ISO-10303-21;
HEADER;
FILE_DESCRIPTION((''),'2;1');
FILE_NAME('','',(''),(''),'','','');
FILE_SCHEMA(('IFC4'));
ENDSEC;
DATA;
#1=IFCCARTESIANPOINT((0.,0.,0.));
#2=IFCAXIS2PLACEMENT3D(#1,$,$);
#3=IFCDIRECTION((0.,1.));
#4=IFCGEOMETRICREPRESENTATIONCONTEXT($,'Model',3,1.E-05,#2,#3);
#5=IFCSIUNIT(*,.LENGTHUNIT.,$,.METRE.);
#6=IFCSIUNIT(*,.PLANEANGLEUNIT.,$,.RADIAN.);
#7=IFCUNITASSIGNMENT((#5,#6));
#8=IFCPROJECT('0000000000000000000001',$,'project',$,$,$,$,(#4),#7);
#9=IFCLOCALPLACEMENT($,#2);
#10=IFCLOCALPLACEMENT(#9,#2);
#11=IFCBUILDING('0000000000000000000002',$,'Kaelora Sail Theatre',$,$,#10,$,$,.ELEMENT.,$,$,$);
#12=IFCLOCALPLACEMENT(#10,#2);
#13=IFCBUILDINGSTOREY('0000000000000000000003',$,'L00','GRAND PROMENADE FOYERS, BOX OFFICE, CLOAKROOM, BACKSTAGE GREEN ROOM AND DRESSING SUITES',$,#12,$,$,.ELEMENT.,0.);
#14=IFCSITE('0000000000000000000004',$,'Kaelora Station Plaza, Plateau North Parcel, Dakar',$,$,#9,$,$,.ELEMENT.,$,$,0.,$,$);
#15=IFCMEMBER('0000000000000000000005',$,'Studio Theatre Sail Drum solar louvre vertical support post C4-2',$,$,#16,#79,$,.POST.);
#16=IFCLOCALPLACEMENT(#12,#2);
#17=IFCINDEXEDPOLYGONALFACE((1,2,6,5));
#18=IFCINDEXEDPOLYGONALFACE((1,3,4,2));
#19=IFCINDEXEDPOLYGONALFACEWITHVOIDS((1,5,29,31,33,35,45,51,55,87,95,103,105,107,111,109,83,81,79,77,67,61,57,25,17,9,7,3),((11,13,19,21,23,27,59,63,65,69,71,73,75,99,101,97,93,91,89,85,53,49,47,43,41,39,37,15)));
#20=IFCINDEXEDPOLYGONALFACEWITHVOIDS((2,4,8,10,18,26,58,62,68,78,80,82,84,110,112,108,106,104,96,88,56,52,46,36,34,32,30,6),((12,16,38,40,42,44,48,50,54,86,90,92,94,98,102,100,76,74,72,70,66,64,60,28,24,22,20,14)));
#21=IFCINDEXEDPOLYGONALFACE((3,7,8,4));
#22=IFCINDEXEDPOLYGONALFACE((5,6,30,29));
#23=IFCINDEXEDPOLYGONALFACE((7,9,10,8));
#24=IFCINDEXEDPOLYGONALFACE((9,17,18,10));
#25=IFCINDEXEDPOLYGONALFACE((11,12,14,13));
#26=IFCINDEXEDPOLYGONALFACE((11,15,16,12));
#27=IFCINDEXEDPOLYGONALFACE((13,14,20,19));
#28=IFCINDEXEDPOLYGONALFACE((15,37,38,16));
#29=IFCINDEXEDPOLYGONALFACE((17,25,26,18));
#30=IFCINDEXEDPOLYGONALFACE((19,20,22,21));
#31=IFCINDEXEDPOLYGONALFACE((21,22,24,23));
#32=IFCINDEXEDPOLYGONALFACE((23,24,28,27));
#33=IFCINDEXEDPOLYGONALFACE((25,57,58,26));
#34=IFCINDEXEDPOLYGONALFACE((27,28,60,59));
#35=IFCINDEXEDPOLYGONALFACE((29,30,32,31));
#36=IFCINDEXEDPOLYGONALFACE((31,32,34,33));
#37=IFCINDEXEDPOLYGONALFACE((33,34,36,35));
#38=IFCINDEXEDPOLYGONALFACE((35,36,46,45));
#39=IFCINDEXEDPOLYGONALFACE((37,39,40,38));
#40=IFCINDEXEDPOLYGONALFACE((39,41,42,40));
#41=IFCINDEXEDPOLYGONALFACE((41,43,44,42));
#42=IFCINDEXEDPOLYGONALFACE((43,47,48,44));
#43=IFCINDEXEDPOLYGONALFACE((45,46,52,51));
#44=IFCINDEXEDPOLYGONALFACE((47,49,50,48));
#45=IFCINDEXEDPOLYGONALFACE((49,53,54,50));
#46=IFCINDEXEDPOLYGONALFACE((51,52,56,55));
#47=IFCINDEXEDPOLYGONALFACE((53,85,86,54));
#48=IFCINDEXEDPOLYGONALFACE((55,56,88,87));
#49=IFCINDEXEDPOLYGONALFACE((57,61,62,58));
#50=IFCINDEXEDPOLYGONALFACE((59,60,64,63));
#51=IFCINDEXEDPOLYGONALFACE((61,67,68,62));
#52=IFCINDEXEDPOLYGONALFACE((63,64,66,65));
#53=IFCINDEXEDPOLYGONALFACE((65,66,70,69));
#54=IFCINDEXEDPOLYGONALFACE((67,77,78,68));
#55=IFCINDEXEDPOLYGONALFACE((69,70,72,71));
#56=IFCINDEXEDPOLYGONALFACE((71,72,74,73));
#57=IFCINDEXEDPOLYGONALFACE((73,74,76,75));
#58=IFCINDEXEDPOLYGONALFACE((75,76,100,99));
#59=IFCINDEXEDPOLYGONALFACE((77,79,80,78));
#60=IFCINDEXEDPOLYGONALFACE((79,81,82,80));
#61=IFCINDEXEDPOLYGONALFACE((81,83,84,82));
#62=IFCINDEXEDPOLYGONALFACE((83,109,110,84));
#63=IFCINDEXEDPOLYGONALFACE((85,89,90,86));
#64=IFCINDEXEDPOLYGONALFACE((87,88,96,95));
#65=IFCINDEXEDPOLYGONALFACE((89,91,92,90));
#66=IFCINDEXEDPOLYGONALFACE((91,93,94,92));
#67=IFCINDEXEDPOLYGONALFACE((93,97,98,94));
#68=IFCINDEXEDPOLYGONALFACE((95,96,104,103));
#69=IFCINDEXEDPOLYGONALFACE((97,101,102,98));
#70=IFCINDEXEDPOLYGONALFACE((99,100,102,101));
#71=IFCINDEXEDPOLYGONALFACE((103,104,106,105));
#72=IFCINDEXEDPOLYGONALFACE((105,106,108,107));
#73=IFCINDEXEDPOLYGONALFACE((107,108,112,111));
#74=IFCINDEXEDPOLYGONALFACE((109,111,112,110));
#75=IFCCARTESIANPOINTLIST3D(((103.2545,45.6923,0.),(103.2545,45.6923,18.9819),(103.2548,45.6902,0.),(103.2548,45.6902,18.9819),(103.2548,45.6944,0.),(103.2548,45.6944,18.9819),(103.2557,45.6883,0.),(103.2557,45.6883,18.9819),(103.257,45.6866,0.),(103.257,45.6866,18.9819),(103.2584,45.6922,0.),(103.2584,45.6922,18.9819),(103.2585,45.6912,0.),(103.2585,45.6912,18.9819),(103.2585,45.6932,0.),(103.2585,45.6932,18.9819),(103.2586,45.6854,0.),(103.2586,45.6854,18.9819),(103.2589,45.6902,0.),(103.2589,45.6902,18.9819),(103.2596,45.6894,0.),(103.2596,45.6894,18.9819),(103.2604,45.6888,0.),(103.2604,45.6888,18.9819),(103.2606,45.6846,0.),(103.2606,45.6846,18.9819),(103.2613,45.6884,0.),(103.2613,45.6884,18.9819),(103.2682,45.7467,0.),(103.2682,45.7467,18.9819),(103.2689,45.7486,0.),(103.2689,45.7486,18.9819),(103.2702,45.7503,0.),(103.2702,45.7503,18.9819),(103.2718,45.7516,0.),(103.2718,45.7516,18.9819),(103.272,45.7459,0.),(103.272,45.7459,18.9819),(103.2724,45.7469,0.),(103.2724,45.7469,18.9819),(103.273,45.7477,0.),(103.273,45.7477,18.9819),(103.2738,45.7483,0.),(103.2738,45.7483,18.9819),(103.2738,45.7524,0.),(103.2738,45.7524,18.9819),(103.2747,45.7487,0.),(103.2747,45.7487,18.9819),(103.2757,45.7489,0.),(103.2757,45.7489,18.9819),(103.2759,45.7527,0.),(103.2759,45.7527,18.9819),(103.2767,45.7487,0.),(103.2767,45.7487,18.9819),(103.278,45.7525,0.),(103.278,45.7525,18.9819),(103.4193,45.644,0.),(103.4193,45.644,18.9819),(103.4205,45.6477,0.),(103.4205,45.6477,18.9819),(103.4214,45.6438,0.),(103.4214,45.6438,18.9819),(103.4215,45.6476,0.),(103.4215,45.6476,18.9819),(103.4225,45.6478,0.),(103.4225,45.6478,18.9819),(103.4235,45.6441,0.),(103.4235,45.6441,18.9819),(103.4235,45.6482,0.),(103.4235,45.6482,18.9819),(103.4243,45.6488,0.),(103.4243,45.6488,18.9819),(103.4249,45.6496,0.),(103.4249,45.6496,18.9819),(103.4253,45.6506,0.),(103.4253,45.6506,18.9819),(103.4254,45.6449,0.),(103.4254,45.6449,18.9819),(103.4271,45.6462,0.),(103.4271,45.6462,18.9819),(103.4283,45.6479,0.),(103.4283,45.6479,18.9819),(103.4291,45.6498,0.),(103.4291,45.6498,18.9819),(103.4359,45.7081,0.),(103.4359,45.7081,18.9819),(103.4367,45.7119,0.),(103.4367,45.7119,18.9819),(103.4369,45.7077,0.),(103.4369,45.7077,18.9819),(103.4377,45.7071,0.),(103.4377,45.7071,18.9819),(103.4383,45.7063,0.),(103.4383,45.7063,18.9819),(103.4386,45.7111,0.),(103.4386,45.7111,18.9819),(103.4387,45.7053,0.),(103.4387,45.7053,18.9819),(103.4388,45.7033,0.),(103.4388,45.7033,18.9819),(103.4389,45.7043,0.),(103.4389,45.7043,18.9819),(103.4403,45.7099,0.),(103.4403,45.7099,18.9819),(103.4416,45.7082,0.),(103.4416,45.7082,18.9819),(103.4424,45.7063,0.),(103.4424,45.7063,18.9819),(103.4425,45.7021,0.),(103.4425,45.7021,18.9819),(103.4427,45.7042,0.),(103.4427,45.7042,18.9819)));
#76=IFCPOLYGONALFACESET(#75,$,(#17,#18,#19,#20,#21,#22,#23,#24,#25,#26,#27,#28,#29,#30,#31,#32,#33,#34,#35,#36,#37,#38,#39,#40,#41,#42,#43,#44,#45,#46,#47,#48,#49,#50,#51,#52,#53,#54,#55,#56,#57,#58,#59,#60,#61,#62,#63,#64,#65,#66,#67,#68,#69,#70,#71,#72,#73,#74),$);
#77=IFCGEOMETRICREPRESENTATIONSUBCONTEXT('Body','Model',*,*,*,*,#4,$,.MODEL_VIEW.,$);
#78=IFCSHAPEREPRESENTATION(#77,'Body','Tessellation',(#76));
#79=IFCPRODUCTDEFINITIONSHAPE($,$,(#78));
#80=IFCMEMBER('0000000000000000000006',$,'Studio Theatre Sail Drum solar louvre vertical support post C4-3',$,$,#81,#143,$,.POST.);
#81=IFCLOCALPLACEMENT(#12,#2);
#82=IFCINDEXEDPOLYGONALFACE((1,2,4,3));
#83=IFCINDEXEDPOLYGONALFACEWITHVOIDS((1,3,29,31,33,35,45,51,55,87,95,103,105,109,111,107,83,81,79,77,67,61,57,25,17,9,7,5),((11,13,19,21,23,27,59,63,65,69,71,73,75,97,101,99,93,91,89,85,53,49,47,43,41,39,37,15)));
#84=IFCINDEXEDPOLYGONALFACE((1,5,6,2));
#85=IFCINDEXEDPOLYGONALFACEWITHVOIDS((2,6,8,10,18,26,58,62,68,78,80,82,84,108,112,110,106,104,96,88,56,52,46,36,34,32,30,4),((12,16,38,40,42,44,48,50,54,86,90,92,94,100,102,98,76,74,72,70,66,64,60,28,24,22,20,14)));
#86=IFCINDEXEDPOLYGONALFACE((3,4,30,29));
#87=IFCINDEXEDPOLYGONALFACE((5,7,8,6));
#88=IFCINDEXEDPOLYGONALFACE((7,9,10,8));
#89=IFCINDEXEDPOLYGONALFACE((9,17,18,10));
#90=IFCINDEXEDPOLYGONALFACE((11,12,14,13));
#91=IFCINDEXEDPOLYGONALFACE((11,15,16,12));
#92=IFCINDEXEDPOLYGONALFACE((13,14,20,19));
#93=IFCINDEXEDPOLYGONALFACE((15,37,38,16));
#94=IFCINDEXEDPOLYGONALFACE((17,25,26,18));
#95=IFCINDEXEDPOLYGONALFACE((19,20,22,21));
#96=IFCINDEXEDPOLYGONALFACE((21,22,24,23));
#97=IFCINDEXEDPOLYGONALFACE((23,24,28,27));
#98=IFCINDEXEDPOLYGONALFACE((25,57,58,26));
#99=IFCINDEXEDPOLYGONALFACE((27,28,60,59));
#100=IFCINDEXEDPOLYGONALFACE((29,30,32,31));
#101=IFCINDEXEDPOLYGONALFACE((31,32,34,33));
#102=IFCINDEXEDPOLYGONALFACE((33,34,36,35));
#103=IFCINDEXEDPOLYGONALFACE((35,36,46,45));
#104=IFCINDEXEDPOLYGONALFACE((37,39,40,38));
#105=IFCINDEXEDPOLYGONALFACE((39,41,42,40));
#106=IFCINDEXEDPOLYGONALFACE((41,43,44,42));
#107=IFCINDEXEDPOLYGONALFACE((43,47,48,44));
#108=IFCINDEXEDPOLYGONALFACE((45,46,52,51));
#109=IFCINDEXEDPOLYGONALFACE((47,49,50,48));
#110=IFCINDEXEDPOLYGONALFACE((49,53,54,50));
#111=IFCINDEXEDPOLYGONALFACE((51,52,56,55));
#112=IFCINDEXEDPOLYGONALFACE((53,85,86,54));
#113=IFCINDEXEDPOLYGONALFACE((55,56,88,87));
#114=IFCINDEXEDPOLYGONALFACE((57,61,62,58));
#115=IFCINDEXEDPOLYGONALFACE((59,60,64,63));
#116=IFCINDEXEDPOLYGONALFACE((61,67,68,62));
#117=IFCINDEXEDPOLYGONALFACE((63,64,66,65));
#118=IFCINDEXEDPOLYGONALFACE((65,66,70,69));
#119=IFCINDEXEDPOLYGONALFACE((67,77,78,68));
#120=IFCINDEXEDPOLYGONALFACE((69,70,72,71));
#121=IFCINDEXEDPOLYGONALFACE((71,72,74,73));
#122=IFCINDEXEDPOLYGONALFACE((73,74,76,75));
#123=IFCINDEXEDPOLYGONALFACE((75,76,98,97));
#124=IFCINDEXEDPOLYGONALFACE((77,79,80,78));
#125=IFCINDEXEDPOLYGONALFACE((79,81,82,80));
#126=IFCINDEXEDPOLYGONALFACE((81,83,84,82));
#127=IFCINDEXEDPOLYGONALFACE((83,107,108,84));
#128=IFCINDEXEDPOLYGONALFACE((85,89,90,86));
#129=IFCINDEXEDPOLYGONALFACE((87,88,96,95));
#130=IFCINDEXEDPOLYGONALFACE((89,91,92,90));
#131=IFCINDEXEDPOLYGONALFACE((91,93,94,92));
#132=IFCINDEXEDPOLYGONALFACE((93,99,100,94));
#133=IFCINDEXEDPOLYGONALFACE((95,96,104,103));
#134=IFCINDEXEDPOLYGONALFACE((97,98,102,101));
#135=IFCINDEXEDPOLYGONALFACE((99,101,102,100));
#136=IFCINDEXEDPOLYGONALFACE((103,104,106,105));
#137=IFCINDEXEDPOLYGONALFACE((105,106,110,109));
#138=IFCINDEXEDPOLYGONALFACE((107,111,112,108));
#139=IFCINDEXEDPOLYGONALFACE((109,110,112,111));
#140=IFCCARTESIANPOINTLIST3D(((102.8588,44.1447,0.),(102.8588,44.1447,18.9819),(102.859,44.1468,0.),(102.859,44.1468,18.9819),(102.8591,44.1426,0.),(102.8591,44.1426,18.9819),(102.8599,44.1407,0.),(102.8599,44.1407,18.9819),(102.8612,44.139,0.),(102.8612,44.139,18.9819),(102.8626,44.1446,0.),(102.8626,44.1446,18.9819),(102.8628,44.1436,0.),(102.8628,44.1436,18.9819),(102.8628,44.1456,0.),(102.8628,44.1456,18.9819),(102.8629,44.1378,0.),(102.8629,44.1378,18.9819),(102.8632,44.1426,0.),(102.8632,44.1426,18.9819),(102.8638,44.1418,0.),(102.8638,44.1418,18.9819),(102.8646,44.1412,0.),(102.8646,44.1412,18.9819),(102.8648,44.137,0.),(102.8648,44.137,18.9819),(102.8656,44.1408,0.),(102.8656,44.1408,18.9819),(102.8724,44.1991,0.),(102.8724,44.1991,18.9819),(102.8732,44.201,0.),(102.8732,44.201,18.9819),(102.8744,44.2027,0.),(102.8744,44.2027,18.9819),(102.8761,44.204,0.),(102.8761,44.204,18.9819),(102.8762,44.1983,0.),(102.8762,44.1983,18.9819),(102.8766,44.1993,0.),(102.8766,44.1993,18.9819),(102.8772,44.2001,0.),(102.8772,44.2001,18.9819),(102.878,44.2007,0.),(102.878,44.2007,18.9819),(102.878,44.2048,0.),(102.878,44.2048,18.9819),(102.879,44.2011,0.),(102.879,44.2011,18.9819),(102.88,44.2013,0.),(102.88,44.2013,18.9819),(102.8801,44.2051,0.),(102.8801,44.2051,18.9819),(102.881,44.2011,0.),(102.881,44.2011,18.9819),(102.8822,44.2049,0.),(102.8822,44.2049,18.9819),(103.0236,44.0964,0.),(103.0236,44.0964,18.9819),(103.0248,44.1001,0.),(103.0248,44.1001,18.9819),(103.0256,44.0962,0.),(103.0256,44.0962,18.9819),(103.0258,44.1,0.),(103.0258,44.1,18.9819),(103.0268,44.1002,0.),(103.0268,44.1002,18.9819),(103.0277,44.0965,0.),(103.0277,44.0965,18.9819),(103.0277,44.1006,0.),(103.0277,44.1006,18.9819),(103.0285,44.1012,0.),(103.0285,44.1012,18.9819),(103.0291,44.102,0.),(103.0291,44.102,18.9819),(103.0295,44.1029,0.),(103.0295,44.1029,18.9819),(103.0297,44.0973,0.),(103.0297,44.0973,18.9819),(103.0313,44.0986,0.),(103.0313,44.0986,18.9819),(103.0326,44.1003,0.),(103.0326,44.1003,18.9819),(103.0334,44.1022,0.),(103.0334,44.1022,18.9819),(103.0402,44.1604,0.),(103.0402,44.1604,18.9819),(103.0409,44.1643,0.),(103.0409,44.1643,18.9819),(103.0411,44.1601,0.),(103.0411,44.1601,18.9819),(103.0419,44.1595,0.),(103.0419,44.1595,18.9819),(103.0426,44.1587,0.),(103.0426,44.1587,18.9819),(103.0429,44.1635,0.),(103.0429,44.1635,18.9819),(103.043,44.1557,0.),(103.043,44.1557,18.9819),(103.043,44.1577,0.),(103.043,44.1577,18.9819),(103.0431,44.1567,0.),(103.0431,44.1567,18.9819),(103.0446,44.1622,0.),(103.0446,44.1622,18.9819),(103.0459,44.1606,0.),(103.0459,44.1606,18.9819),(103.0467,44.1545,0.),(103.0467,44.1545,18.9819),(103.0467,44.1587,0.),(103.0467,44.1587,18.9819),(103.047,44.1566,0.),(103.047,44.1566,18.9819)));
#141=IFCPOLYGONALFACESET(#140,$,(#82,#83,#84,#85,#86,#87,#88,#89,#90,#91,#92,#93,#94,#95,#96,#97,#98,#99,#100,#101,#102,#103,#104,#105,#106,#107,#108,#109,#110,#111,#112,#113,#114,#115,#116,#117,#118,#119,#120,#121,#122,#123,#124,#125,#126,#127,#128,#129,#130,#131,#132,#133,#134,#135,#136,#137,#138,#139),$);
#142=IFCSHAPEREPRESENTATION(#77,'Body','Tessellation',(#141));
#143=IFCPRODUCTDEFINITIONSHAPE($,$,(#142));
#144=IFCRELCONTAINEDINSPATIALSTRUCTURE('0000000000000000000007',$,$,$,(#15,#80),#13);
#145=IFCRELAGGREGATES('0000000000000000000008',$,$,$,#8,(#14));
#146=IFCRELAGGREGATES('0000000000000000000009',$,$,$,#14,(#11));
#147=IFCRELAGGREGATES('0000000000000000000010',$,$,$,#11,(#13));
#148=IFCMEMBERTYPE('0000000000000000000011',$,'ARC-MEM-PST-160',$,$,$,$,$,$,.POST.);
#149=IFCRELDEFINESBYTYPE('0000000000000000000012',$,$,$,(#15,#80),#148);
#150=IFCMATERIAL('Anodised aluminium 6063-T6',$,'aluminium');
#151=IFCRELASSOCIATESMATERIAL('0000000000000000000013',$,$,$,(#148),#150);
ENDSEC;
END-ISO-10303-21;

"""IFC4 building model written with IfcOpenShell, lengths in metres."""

from ifc_helpers import new_model, si_unit, direction, frame, origin, origin_2d, place, context, subcontext, project, spatial, hollow_rectangle, extrude, material, material_profile, profile_set, type_object, element, save


model = new_model("IFC4")

# Units and contexts
model_context = context("Model", 3, precision=1e-05, world=origin(), true_north=direction((0.0, 1.0)))
body_context = subcontext(model_context, "Body", "Model", "MODEL_VIEW")
ifc_project = project(units=[si_unit("LENGTHUNIT", "METRE"), si_unit("PLANEANGLEUNIT", "RADIAN")], contexts=[model_context])

# Site, building, storey
site_placement = place(None, origin())
site = spatial("IfcSite", under=ifc_project, at=site_placement, Name="Kaelora Station Plaza, Plateau North Parcel, Dakar", CompositionType="ELEMENT", RefElevation=0.0)
building_placement = place(site_placement, origin())
building = spatial("IfcBuilding", under=site, at=building_placement, Name="Kaelora Sail Theatre", CompositionType="ELEMENT")
storey_placement = place(building_placement, origin())
storey = spatial("IfcBuildingStorey", under=building, at=storey_placement, Name="L00", Description="GRAND PROMENADE FOYERS, BOX OFFICE, CLOAKROOM, BACKSTAGE GREEN ROOM AND DRESSING SUITES", CompositionType="ELEMENT", Elevation=0.0)

# Members
ifc_material_1 = material(Name="Anodised aluminium 6063-T6", Category="aluminium")
ifc_material_profile_1 = material_profile(ifc_material_1, hollow_rectangle(XDim=0.0701, YDim=0.1799, WallThickness=0.0039, InnerFilletRadius=0.0039, OuterFilletRadius=0.0081, at=origin_2d()), Name="ALU-MULL 70x180x4")
ifc_profile_set_1 = profile_set([ifc_material_profile_1], Name="Anodised aluminium 6063-T6")
member_type_1 = type_object("IfcMemberType", Name="ARC-MEM-PST-160", PredefinedType="POST", material=ifc_profile_set_1)
for number, where, z_axis, x_axis, name in (
    (1, (103.3486, 45.6982, 0.0), (0.0, 0.0, 1.0), (-0.247675, -0.968843, 0.0), "Studio Theatre Sail Drum solar louvre vertical support post C4-2"),
    (2, (102.9529, 44.1506, 0.0), (0.0, 0.0, 1.0), (-0.247675, -0.968843, 0.0), "Studio Theatre Sail Drum solar louvre vertical support post C4-3"),
):
    element("IfcMember", number, at=place(storey_placement, frame(where, z_axis=z_axis, x_axis=x_axis)), inside=storey, type_object=member_type_1, Name=name, PredefinedType="POST", context=body_context, shape_type="SweptSolid", body=[
        extrude(hollow_rectangle(XDim=0.0701, YDim=0.1799, WallThickness=0.0039, InnerFilletRadius=0.0039, OuterFilletRadius=0.0081, at=origin_2d()), origin(), (0.0, 0.0, 1.0), 18.9819),
    ])

save(model, "model.ifc")
